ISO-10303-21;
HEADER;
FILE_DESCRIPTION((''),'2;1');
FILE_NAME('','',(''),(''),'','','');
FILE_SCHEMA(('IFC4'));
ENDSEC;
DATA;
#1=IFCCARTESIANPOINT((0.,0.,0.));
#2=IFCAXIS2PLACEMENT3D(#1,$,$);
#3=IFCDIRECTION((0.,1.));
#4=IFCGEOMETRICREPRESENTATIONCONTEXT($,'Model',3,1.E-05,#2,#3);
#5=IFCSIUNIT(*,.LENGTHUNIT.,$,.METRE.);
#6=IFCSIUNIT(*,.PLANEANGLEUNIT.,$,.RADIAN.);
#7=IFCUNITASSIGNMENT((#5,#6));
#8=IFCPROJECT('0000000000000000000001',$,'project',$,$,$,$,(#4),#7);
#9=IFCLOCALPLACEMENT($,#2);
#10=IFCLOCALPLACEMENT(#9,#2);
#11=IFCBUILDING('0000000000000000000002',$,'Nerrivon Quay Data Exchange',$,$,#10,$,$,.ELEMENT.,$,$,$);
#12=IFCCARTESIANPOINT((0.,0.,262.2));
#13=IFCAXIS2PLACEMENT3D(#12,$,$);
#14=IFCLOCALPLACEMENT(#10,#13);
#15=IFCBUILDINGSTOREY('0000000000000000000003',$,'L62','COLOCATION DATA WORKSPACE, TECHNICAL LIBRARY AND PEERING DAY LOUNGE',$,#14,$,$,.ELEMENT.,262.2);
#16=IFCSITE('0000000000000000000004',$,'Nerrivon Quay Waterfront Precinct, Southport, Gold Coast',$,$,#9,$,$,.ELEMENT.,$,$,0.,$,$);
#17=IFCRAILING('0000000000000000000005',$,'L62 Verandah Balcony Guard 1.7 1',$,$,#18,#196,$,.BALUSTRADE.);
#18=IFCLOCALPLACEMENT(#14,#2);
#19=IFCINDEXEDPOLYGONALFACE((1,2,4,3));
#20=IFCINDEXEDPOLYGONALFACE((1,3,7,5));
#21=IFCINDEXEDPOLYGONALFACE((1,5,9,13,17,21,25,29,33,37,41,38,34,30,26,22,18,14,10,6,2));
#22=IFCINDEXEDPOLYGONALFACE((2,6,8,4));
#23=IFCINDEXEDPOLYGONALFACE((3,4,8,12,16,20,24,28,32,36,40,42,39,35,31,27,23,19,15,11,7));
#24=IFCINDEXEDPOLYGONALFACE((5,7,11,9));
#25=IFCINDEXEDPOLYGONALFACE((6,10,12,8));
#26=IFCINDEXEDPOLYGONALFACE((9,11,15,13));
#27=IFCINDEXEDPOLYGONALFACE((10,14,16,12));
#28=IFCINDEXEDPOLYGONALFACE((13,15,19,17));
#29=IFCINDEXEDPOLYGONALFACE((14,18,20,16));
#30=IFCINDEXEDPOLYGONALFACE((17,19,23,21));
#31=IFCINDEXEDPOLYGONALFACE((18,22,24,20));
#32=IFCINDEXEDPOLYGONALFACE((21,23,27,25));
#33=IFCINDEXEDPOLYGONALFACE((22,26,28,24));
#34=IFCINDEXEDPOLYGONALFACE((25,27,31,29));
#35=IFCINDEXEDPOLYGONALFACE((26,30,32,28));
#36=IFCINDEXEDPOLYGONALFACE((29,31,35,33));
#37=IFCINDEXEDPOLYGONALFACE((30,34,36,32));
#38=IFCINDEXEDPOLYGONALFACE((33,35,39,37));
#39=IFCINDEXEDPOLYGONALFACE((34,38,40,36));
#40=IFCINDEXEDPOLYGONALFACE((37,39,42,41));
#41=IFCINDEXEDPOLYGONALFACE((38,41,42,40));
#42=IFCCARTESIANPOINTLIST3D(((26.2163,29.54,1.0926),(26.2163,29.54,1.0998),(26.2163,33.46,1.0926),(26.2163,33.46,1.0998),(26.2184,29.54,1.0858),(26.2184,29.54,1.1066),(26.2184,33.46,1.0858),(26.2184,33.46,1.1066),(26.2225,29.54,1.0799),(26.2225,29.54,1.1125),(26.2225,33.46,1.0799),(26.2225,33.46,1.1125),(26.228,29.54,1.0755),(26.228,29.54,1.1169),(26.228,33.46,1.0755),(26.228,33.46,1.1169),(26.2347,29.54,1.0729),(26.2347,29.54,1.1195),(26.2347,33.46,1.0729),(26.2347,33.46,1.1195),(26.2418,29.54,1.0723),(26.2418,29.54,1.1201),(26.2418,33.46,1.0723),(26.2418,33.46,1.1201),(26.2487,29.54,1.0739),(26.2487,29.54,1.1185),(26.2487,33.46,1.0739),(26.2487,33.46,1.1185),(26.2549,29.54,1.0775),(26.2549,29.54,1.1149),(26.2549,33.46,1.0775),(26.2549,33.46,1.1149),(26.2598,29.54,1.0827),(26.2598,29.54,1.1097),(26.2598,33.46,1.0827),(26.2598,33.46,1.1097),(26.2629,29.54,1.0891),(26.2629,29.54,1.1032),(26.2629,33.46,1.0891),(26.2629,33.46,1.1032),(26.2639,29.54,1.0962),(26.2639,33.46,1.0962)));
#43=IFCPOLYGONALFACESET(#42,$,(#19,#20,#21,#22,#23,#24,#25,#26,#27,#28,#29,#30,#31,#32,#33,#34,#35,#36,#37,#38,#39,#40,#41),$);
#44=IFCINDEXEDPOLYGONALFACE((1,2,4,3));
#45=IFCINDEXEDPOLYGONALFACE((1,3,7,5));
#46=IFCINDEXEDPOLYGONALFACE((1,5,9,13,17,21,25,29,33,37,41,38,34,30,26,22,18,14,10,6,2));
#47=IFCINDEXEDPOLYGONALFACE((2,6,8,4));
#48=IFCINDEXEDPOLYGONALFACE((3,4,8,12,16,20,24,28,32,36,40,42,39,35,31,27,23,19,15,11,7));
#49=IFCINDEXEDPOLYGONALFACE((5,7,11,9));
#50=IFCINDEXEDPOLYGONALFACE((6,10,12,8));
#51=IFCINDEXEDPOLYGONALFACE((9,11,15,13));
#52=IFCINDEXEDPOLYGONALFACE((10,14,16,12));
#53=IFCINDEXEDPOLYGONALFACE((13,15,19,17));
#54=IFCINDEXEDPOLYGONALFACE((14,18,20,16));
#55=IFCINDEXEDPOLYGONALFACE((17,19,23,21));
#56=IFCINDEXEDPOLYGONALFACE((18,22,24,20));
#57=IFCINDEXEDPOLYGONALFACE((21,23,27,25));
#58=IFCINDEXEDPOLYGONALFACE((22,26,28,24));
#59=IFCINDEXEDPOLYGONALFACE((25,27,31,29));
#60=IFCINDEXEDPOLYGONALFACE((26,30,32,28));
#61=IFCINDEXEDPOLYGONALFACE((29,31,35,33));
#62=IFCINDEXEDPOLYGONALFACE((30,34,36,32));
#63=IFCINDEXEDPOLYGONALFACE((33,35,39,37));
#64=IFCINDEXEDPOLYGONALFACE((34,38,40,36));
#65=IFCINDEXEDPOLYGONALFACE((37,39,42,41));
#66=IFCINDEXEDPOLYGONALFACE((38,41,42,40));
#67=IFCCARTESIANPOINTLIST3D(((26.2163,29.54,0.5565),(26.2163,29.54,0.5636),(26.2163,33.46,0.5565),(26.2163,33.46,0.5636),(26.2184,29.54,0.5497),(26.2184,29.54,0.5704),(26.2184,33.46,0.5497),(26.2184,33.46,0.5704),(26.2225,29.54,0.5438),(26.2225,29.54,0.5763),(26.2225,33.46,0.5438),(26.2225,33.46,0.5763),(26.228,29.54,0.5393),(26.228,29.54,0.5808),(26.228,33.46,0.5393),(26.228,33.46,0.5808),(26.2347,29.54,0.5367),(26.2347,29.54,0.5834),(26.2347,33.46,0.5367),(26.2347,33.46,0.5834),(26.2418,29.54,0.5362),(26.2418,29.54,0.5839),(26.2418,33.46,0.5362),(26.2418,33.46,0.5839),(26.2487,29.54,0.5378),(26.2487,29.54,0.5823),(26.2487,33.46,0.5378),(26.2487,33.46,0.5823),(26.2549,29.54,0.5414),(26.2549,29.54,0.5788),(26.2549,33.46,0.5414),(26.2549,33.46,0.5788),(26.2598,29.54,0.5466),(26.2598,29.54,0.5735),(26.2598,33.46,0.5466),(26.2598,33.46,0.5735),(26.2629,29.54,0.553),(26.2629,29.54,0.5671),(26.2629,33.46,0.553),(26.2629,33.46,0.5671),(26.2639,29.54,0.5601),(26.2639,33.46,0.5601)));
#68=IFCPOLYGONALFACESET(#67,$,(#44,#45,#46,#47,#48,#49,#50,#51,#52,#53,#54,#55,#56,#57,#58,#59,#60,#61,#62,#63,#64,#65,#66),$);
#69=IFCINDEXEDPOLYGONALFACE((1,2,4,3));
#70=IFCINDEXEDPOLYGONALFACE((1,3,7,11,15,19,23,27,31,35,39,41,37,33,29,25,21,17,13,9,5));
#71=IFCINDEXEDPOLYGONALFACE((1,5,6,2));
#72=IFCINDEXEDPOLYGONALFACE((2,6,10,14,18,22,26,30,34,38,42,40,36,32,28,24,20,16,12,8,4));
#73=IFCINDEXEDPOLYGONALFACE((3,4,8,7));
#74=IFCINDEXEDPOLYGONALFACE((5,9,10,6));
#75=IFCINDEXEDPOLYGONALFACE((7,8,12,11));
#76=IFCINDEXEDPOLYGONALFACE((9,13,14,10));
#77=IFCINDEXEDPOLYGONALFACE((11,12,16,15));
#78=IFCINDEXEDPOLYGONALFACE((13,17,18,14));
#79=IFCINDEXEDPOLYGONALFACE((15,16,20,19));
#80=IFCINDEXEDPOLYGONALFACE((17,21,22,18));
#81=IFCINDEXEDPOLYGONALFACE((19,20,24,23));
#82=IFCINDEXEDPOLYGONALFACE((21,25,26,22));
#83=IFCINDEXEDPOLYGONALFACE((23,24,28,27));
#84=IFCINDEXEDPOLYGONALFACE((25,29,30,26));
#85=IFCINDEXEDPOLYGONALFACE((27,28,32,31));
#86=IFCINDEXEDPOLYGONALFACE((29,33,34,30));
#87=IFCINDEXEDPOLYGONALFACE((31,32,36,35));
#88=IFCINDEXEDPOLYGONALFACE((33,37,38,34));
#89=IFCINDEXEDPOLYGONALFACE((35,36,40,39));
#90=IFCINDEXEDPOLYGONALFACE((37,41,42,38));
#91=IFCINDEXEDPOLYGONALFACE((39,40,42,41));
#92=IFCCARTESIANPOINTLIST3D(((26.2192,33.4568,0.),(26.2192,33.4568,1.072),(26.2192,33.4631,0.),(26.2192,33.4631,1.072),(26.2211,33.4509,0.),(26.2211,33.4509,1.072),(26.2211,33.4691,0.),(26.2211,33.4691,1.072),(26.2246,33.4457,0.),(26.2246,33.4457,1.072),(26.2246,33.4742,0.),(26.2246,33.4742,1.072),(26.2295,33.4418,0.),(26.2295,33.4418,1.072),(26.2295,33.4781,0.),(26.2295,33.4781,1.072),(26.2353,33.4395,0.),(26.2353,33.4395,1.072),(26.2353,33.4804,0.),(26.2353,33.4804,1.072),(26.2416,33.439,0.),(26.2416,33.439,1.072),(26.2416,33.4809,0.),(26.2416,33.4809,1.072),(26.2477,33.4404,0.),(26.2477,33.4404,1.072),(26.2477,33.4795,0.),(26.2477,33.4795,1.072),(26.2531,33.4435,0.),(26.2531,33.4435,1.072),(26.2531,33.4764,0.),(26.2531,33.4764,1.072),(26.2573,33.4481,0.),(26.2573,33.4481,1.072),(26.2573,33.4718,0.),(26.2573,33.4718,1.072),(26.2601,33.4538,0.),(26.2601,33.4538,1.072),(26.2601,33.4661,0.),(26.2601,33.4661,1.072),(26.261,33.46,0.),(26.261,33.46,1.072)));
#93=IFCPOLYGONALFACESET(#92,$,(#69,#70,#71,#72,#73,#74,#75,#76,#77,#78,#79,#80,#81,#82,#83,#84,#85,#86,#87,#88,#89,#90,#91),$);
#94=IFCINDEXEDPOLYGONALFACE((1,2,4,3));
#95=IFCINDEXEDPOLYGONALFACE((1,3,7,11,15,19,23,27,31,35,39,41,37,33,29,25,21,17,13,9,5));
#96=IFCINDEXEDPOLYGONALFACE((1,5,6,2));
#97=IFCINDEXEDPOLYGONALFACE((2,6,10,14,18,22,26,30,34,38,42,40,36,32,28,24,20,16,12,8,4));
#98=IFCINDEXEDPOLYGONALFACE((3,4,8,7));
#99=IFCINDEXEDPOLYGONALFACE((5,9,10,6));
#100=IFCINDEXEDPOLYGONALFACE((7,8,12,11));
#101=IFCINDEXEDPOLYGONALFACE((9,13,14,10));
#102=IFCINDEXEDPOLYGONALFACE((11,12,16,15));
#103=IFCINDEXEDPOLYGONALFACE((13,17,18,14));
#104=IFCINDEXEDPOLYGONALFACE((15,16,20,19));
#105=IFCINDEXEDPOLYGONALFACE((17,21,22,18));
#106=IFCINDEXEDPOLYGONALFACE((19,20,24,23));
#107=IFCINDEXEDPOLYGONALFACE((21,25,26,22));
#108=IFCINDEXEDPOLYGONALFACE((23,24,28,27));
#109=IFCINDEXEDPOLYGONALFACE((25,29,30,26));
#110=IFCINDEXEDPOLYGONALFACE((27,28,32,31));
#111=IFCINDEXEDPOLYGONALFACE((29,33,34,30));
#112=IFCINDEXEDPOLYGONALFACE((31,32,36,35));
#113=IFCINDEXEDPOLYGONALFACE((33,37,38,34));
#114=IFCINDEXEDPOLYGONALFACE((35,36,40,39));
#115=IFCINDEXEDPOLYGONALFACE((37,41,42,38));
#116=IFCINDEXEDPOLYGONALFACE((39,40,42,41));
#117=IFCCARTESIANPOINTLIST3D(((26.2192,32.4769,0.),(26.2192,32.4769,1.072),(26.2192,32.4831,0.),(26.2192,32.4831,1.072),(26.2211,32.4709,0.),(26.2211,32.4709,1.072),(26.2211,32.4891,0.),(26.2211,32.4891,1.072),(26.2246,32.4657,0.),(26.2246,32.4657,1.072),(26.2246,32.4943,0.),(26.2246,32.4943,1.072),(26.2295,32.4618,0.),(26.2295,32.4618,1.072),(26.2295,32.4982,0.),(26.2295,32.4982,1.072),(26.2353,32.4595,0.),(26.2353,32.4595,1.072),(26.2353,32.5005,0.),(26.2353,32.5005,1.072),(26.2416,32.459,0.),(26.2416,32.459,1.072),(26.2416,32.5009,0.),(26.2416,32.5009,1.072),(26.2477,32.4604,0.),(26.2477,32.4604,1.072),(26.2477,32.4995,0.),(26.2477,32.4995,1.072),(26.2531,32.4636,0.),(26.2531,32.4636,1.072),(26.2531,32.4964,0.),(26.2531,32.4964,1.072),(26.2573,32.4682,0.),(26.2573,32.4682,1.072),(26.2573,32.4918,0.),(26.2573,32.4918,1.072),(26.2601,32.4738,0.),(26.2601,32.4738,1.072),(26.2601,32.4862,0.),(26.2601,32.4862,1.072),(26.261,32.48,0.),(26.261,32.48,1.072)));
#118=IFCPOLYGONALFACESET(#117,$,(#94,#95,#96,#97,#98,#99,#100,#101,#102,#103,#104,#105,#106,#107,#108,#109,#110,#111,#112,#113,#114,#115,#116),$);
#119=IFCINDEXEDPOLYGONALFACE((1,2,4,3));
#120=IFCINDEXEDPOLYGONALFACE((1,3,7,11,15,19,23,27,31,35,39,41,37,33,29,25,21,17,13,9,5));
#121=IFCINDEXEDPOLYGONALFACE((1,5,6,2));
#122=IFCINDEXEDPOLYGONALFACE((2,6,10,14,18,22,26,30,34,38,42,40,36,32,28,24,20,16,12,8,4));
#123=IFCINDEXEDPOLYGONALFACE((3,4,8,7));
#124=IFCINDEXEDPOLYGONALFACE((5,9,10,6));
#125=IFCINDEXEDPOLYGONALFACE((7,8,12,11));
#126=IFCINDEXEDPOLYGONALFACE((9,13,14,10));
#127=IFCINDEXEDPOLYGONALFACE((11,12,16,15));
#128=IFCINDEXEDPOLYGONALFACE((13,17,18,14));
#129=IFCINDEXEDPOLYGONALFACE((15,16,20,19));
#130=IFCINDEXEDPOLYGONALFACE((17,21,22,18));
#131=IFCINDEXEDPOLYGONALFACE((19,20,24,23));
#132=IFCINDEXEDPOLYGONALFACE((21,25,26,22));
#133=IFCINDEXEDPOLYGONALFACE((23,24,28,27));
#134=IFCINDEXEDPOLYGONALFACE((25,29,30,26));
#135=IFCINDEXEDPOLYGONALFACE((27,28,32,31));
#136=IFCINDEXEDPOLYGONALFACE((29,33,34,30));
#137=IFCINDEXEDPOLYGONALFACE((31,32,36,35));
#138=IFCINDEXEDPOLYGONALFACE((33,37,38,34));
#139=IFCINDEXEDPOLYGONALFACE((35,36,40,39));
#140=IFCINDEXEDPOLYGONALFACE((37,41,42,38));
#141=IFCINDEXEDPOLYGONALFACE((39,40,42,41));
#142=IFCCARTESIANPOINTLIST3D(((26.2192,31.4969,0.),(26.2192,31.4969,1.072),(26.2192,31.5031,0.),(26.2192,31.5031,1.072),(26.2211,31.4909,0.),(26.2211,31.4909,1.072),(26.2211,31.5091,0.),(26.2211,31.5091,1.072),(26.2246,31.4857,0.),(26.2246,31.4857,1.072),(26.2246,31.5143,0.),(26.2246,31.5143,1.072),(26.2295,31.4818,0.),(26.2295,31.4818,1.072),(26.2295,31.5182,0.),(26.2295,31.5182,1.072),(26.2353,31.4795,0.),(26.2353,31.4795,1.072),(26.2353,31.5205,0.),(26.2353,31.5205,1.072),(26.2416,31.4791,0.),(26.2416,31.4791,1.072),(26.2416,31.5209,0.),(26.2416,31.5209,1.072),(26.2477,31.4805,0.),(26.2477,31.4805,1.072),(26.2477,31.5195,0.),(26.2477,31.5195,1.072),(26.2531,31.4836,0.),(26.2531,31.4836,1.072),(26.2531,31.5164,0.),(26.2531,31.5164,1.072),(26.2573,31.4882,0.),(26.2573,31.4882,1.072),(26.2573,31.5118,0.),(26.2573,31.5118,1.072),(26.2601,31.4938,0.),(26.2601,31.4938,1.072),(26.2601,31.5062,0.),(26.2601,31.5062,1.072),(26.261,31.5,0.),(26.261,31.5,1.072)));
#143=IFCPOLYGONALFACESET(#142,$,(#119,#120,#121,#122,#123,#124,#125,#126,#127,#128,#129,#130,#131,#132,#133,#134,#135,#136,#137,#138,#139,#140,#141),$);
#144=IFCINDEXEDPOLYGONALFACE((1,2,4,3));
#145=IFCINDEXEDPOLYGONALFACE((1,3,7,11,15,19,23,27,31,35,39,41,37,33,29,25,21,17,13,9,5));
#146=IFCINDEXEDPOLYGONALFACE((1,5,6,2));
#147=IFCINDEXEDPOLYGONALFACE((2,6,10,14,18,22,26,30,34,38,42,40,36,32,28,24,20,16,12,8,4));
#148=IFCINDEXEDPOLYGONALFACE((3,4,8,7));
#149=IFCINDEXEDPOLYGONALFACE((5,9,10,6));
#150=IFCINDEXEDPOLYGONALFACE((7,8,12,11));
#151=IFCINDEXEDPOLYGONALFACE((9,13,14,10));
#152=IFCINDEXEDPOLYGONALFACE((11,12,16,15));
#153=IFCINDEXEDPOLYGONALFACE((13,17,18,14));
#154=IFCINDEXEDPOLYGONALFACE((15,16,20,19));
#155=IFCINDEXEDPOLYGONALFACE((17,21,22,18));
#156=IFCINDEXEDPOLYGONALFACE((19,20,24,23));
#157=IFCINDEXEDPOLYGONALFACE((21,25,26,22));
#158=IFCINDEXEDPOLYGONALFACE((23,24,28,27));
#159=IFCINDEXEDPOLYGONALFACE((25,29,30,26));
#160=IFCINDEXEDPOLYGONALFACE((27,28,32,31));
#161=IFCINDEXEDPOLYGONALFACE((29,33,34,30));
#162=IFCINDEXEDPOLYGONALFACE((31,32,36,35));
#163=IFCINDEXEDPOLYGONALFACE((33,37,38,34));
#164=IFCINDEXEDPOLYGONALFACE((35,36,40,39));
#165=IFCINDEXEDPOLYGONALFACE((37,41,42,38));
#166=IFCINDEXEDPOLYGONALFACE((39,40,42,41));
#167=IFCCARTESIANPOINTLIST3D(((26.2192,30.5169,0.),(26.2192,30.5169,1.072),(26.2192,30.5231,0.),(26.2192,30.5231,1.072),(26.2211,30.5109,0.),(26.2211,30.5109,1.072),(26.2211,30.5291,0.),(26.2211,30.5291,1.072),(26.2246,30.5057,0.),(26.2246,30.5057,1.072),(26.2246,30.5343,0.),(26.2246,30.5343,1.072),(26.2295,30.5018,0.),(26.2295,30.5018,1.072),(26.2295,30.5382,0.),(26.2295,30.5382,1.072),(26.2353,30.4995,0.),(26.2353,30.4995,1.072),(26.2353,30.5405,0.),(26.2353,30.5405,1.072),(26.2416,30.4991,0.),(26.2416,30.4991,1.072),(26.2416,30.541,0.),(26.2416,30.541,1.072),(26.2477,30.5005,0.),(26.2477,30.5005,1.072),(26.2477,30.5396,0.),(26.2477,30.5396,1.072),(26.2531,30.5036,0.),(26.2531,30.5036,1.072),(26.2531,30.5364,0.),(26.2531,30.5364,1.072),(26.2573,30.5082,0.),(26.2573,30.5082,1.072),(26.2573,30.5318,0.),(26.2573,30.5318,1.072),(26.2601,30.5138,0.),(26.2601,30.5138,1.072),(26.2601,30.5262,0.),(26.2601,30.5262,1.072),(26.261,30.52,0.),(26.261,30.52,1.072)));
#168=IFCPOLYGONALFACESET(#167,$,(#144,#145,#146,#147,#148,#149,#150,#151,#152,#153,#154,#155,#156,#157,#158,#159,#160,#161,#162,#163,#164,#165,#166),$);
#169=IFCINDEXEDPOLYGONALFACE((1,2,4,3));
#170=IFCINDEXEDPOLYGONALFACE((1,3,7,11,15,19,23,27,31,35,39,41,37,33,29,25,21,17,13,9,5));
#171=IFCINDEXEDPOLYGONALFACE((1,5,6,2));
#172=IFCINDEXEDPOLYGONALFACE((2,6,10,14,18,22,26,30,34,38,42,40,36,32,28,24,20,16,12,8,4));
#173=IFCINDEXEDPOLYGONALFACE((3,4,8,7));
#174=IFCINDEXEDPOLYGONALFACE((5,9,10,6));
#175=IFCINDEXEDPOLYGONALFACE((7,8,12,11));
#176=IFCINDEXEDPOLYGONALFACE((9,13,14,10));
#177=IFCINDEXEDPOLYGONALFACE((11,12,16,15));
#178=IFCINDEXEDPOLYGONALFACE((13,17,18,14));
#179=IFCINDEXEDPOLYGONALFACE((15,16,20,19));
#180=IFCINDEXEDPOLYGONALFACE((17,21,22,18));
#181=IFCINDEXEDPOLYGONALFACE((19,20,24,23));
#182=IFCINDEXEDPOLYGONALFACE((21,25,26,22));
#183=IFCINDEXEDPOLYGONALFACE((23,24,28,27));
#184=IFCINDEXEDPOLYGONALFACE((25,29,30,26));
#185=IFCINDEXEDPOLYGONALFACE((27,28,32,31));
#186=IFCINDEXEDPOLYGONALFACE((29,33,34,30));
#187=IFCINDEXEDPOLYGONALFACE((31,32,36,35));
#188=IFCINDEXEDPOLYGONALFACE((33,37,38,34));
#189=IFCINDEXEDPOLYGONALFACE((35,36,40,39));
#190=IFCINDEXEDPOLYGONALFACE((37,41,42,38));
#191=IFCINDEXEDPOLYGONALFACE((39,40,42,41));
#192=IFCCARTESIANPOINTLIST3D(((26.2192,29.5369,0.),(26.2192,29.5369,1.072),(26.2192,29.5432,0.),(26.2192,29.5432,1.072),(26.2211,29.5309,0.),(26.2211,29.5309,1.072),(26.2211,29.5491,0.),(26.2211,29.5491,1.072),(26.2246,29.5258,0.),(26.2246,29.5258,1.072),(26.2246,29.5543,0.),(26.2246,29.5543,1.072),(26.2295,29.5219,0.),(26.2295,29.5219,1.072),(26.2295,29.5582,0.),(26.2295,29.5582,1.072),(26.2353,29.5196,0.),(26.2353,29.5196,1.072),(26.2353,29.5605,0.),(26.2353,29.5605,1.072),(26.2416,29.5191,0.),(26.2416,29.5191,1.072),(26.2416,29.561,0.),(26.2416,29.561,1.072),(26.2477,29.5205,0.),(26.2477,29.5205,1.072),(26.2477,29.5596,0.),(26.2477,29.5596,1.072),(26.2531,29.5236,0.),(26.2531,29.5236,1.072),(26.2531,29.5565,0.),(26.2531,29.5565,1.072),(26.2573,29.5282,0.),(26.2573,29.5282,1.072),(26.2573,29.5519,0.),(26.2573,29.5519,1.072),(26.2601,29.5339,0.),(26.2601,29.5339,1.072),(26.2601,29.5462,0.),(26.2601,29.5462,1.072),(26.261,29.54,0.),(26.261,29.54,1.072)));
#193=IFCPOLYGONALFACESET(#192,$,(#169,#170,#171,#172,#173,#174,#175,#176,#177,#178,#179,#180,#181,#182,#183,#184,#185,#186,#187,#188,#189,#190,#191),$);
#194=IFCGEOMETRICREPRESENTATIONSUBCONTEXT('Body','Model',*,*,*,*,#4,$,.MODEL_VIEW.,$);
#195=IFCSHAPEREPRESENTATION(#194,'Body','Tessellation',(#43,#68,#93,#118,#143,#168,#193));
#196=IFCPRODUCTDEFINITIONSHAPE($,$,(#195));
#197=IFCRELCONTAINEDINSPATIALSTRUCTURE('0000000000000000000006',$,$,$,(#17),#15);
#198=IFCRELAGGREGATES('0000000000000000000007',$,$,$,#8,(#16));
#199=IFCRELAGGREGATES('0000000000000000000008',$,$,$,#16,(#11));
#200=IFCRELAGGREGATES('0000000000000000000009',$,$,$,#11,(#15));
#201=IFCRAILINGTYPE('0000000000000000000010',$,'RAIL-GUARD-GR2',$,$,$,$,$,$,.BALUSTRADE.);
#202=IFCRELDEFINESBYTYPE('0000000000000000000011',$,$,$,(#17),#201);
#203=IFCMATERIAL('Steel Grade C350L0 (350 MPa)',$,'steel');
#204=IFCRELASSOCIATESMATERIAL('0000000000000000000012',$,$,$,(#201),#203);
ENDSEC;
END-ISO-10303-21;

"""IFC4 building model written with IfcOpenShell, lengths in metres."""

from ifc_helpers import new_model, si_unit, direction, frame, origin, origin_2d, place, context, subcontext, project, spatial, circle, extrude, material, type_object, element, save


model = new_model("IFC4")

# Units and contexts
model_context = context("Model", 3, precision=1e-05, world=origin(), true_north=direction((0.0, 1.0)))
body_context = subcontext(model_context, "Body", "Model", "MODEL_VIEW")
ifc_project = project(units=[si_unit("LENGTHUNIT", "METRE"), si_unit("PLANEANGLEUNIT", "RADIAN")], contexts=[model_context])

# Site, building, storey
site_placement = place(None, origin())
site = spatial("IfcSite", under=ifc_project, at=site_placement, Name="Nerrivon Quay Waterfront Precinct, Southport, Gold Coast", CompositionType="ELEMENT", RefElevation=0.0)
building_placement = place(site_placement, origin())
building = spatial("IfcBuilding", under=site, at=building_placement, Name="Nerrivon Quay Data Exchange", CompositionType="ELEMENT")
storey_placement = place(building_placement, frame((0.0, 0.0, 262.2)))
storey = spatial("IfcBuildingStorey", under=building, at=storey_placement, Name="L62", Description="COLOCATION DATA WORKSPACE, TECHNICAL LIBRARY AND PEERING DAY LOUNGE", CompositionType="ELEMENT", Elevation=262.2)

# Shared definitions
ifc_material_1 = material(Name="Steel Grade C350L0 (350 MPa)", Category="steel")

# Railing
railing_type = type_object("IfcRailingType", Name="RAIL-GUARD-GR2", PredefinedType="BALUSTRADE", material=ifc_material_1)
railing_1_placement = place(storey_placement, frame((26.24, 33.46, 0.0)))
element("IfcRailing", 1, at=railing_1_placement, inside=storey, type_object=railing_type, Name="L62 Verandah Balcony Guard 1.7 1", PredefinedType="BALUSTRADE", context=body_context, shape_type="SweptSolid", body=[
    extrude(circle(Radius=0.0239, at=origin_2d()), frame((0.0, 0.0, 1.0962), z_axis=(0.0, -1.0, 0.0), x_axis=(1.0, 0.0, 0.0)), (0.0, 0.0, 1.0), 3.9199),
    extrude(circle(Radius=0.0239, at=origin_2d()), frame((0.0, 0.0, 0.5601), z_axis=(0.0, -1.0, 0.0), x_axis=(1.0, 0.0, 0.0)), (0.0, 0.0, 1.0), 3.9199),
    extrude(circle(Radius=0.021, at=origin_2d()), origin(), (0.0, 0.0, 1.0), 1.072),
    extrude(circle(Radius=0.021, at=origin_2d()), frame((0.0, -0.98, 0.0)), (0.0, 0.0, 1.0), 1.072),
    extrude(circle(Radius=0.021, at=origin_2d()), frame((0.0, -1.96, 0.0)), (0.0, 0.0, 1.0), 1.072),
    extrude(circle(Radius=0.021, at=origin_2d()), frame((0.0, -2.9399, 0.0)), (0.0, 0.0, 1.0), 1.072),
    extrude(circle(Radius=0.021, at=origin_2d()), frame((0.0, -3.9199, 0.0)), (0.0, 0.0, 1.0), 1.072),
])

save(model, "model.ifc")
